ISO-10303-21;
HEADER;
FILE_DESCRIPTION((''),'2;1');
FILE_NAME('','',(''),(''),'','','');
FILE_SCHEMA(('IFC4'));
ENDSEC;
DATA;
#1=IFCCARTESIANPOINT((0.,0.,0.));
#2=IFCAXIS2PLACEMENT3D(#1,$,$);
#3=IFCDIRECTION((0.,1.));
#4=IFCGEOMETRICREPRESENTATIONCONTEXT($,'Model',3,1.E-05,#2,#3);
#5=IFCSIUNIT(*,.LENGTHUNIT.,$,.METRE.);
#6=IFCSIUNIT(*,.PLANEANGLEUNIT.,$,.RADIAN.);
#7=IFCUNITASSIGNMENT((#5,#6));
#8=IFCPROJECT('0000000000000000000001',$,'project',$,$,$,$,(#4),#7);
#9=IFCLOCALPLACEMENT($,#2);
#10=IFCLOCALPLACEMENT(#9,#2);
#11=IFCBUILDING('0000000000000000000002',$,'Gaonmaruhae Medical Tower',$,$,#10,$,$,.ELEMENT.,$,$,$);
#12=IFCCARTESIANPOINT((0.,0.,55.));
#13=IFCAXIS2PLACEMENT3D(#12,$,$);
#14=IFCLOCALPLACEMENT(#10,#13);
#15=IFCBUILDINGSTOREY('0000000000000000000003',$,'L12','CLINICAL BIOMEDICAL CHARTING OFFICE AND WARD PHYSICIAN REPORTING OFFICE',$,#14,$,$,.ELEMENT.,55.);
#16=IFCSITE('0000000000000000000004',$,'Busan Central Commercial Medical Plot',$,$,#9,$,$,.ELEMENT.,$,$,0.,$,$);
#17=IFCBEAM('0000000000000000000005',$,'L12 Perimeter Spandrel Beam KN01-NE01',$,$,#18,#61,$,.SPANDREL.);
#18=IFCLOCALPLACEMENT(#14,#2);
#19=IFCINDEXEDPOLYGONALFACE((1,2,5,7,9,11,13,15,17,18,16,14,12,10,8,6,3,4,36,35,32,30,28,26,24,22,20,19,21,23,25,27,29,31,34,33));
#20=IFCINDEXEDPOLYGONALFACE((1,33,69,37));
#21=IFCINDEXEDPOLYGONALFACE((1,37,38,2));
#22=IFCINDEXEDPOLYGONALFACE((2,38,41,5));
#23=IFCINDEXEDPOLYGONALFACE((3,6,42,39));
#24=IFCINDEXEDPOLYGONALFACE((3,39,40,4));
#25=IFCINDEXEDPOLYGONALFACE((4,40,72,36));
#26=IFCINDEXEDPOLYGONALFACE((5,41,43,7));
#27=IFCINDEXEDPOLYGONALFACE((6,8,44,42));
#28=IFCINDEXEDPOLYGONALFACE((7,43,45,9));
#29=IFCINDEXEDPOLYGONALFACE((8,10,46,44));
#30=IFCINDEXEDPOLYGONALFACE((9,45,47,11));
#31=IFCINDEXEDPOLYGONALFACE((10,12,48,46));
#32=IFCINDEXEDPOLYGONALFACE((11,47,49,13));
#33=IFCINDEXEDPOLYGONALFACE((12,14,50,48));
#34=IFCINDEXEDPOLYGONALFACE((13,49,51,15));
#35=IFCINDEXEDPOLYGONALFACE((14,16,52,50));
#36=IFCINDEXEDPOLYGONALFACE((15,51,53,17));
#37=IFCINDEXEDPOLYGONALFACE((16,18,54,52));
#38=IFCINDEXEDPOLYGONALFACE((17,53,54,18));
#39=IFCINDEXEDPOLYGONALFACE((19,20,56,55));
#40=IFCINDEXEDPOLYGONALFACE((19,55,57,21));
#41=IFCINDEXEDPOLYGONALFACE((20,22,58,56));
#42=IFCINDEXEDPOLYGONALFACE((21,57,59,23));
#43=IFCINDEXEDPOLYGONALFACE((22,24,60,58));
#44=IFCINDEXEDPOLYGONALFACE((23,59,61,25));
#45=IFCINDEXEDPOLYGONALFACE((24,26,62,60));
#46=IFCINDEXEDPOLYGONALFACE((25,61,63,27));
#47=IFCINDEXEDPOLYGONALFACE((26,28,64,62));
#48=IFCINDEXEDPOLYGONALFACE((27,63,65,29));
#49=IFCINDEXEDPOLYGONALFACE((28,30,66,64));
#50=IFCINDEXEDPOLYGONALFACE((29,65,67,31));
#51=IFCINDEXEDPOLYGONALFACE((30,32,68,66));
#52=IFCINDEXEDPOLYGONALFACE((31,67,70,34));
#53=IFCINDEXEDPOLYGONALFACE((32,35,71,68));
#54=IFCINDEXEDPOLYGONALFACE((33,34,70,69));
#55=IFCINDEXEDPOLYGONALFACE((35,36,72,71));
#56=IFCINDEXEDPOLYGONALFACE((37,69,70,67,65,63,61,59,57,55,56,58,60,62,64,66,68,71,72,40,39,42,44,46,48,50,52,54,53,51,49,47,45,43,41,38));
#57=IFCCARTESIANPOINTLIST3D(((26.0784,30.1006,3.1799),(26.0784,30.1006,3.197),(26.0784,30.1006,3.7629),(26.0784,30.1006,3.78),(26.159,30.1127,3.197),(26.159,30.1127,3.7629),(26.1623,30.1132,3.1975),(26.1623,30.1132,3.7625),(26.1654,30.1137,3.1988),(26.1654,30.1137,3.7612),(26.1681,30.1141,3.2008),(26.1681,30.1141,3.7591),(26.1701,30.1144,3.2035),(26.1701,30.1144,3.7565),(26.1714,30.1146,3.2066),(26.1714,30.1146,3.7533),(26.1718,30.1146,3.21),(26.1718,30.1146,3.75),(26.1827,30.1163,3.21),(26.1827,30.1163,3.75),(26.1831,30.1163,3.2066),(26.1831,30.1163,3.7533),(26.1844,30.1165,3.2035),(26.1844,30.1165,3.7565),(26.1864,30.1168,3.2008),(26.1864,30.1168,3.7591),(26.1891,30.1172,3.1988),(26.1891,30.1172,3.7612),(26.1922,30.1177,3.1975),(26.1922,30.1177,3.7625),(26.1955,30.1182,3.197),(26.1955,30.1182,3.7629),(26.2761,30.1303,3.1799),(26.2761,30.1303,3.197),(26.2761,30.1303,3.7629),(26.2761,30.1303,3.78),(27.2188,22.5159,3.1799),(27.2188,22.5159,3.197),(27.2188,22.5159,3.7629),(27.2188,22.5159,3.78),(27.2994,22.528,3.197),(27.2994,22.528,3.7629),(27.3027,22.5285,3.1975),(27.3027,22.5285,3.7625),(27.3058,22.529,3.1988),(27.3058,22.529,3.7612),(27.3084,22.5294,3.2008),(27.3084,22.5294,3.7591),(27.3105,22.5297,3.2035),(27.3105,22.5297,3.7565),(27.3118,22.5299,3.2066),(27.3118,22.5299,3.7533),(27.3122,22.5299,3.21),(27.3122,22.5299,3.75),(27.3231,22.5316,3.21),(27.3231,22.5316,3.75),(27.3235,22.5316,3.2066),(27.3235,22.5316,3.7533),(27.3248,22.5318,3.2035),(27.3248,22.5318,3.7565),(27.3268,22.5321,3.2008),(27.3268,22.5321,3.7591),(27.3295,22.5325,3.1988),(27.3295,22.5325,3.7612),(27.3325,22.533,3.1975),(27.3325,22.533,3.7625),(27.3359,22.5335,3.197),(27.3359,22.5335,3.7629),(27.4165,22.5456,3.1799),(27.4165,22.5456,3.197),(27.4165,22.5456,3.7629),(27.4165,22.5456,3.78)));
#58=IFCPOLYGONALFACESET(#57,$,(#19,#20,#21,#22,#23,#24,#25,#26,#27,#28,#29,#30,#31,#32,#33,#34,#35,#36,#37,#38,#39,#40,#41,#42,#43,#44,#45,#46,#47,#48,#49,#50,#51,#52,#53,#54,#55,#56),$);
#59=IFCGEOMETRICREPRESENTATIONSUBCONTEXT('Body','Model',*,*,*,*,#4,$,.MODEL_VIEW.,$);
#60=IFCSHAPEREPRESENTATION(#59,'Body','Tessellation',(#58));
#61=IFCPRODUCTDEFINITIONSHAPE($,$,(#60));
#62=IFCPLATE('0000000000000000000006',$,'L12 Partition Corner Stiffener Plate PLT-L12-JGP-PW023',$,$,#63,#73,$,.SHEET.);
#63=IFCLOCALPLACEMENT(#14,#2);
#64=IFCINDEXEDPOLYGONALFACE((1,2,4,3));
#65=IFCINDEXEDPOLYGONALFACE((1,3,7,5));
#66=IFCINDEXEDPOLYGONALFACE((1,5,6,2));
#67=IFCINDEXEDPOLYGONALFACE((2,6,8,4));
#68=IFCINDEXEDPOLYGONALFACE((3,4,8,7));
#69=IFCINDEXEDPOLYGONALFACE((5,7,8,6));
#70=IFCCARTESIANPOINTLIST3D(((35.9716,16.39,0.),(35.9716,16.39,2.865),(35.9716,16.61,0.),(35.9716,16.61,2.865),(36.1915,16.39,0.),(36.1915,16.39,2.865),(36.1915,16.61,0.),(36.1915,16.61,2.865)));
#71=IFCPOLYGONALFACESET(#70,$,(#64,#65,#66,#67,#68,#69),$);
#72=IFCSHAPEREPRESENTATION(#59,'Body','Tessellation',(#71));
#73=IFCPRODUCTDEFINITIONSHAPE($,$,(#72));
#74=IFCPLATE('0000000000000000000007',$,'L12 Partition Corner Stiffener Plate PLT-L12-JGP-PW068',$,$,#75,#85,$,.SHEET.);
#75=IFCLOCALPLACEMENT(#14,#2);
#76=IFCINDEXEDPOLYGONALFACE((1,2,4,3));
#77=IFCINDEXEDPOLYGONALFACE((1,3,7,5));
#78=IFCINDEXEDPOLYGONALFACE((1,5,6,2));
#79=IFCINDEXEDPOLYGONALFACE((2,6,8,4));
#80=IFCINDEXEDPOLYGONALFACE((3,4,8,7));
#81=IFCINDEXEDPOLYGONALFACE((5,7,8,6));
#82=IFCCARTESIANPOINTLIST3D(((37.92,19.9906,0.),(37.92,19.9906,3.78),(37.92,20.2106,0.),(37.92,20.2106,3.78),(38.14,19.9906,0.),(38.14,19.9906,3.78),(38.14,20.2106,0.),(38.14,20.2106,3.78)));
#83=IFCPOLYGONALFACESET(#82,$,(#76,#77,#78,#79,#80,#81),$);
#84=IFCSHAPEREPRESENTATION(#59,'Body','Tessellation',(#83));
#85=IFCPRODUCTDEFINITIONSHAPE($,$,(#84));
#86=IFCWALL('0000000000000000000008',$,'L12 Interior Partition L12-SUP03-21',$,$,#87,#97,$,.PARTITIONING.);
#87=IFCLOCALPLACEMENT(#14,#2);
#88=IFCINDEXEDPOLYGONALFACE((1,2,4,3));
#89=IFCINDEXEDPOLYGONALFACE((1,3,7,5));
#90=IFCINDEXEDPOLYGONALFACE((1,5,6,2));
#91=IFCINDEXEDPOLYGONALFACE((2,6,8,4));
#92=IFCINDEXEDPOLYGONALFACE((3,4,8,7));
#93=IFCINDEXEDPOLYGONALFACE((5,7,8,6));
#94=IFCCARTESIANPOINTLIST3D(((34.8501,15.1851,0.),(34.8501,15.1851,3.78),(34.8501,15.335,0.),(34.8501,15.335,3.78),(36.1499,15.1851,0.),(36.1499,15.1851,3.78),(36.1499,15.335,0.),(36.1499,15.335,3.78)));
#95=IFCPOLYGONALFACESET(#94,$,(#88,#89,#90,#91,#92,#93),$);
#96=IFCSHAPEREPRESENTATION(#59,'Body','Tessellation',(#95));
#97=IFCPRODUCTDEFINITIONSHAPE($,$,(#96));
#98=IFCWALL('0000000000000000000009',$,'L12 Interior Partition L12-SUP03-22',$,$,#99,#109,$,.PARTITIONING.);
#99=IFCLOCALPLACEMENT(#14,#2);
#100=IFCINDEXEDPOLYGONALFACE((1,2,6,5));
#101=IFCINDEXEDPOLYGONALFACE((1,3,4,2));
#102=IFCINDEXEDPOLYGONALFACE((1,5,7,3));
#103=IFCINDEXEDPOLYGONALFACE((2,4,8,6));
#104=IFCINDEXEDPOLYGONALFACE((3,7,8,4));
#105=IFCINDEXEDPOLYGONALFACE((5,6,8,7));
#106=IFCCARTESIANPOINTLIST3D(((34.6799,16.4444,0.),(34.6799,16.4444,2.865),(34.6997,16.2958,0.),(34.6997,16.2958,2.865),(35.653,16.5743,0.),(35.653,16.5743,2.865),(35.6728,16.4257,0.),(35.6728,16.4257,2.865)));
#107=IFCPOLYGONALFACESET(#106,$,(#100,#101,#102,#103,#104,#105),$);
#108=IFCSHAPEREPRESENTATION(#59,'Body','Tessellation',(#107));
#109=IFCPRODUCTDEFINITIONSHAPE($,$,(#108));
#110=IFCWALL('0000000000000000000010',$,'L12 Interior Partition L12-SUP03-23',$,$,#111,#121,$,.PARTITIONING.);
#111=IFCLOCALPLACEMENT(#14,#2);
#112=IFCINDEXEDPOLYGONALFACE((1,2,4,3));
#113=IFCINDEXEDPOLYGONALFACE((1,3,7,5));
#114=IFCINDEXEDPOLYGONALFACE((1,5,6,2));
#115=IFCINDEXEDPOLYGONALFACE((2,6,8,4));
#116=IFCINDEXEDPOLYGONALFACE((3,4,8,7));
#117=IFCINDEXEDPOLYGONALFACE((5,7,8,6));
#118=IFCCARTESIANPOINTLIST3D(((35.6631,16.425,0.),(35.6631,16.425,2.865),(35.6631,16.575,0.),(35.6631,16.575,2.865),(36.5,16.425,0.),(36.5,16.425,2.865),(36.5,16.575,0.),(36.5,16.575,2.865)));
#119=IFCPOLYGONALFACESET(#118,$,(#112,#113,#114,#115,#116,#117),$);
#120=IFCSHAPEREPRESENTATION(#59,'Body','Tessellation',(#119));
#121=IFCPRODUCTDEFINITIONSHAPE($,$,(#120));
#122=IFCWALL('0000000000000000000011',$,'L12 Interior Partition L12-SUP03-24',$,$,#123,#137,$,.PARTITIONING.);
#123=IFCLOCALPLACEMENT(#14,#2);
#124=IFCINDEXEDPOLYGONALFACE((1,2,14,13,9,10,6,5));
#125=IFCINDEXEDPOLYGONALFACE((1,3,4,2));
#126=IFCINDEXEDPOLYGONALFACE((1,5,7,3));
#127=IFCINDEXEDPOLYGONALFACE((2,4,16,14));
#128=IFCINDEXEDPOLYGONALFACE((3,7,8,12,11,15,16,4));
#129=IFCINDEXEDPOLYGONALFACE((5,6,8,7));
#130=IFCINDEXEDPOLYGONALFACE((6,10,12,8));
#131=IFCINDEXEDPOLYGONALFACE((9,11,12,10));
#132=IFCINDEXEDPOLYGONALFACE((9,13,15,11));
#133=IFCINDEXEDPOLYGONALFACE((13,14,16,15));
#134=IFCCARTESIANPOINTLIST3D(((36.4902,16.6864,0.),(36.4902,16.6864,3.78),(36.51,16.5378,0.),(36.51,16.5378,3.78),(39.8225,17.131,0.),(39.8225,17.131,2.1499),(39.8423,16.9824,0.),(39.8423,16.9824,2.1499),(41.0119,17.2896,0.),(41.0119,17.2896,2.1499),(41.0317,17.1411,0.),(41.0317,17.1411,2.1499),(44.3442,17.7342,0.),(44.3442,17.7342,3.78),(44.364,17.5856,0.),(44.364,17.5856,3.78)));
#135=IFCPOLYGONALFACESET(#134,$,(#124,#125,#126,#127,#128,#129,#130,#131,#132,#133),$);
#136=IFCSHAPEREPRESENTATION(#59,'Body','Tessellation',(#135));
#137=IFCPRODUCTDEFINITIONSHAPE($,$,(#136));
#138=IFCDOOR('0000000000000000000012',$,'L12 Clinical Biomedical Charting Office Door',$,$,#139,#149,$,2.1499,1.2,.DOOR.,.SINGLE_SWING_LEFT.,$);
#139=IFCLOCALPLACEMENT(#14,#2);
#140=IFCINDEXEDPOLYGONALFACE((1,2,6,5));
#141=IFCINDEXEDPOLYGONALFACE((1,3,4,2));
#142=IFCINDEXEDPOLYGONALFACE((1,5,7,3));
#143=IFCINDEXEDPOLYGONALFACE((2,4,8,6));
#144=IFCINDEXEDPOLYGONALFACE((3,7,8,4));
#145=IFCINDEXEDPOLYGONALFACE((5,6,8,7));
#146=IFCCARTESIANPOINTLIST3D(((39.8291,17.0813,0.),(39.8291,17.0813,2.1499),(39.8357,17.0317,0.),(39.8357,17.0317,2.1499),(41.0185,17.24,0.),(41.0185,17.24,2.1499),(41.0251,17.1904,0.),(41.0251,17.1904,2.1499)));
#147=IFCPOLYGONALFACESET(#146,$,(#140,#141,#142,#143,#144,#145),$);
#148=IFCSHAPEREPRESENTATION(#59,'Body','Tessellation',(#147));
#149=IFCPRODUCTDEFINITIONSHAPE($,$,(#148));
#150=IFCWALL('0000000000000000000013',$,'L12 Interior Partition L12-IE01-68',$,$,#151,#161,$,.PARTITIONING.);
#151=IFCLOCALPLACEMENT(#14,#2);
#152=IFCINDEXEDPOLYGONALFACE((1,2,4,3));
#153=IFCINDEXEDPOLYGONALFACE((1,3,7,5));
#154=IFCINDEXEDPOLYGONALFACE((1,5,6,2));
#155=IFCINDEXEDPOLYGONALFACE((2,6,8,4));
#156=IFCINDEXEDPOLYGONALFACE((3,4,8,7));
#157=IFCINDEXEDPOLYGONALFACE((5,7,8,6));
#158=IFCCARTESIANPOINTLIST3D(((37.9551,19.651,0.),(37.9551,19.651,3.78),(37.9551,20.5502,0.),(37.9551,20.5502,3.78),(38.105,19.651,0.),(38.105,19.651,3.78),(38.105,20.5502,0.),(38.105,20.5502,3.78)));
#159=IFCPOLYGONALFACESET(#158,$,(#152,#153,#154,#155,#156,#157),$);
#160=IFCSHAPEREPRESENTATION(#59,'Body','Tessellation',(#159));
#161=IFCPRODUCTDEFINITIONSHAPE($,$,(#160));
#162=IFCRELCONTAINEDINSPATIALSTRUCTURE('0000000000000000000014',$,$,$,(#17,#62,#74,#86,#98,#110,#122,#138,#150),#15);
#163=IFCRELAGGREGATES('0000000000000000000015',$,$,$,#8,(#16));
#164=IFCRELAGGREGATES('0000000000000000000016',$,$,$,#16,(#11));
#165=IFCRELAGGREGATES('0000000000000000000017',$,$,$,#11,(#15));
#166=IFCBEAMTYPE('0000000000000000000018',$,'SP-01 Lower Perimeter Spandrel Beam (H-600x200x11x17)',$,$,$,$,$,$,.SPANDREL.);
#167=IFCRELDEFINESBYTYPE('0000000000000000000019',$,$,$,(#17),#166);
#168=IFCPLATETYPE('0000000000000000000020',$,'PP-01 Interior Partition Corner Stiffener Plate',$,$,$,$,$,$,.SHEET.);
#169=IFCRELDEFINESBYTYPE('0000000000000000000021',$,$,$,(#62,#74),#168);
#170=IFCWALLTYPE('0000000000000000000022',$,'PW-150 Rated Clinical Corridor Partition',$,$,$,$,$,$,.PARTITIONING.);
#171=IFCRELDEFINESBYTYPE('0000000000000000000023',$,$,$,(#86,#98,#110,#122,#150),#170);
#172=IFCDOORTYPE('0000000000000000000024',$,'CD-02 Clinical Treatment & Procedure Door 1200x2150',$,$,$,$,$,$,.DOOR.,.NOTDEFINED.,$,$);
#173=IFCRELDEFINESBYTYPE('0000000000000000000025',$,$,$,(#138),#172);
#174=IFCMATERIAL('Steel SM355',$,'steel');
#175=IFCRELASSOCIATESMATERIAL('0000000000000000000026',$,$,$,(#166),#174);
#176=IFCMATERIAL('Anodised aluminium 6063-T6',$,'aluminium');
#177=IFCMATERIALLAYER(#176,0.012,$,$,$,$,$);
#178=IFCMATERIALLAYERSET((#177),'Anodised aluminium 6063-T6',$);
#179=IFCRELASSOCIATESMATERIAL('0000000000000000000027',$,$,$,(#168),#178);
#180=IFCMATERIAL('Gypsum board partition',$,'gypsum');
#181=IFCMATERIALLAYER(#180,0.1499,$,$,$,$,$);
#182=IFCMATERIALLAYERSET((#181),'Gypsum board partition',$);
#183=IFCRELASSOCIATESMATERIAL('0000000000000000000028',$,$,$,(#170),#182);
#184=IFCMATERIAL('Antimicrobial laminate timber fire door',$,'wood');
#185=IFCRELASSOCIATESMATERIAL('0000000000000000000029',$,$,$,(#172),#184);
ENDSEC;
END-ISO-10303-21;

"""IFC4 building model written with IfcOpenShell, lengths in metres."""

from ifc_helpers import new_model, si_unit, direction, frame, frame_2d, origin, origin_2d, place, context, subcontext, project, spatial, rectangle, i_section, extrude, material, layer, layer_set, material_profile, profile_set, type_object, element, fill, save


model = new_model("IFC4")

# Units and contexts
model_context = context("Model", 3, precision=1e-05, world=origin(), true_north=direction((0.0, 1.0)))
body_context = subcontext(model_context, "Body", "Model", "MODEL_VIEW")
ifc_project = project(units=[si_unit("LENGTHUNIT", "METRE"), si_unit("PLANEANGLEUNIT", "RADIAN")], contexts=[model_context])

# Site, building, storey
site_placement = place(None, origin())
site = spatial("IfcSite", under=ifc_project, at=site_placement, Name="Busan Central Commercial Medical Plot", CompositionType="ELEMENT", RefElevation=0.0)
building_placement = place(site_placement, origin())
building = spatial("IfcBuilding", under=site, at=building_placement, Name="Gaonmaruhae Medical Tower", CompositionType="ELEMENT")
storey_placement = place(building_placement, frame((0.0, 0.0, 55.0)))
storey = spatial("IfcBuildingStorey", under=building, at=storey_placement, Name="L12", Description="CLINICAL BIOMEDICAL CHARTING OFFICE AND WARD PHYSICIAN REPORTING OFFICE", CompositionType="ELEMENT", Elevation=55.0)

# Beam
ifc_material_1 = material(Name="Steel SM355", Category="steel")
ifc_material_profile_1 = material_profile(ifc_material_1, i_section(OverallWidth=0.2, OverallDepth=0.6001, WebThickness=0.011, FlangeThickness=0.0171, FilletRadius=0.0129, at=origin_2d()), Name="H-600x200x11x17")
ifc_profile_set_1 = profile_set([ifc_material_profile_1], Name="Steel SM355")
beam_type_1 = type_object("IfcBeamType", Name="SP-01 Lower Perimeter Spandrel Beam (H-600x200x11x17)", PredefinedType="SPANDREL", material=ifc_profile_set_1)
beam_1_placement = place(storey_placement, frame((27.3176, 22.5308, 3.48), z_axis=(-0.148681, 0.988885, 0.0), x_axis=(-0.988885, -0.148681, 0.0)))
element("IfcBeam", 1, at=beam_1_placement, inside=storey, type_object=beam_type_1, Name="L12 Perimeter Spandrel Beam KN01-NE01", PredefinedType="SPANDREL", context=body_context, shape_type="SweptSolid", body=[
    extrude(i_section(OverallWidth=0.2, OverallDepth=0.6001, WebThickness=0.011, FlangeThickness=0.0171, FilletRadius=0.0129, at=origin_2d()), origin(), (0.0, 0.0, 1.0), 7.6699),
])

# Plates
ifc_material_2 = material(Name="Anodised aluminium 6063-T6", Category="aluminium")
ifc_layer_1 = layer(ifc_material_2, 0.012)
ifc_layer_set_1 = layer_set([ifc_layer_1], Name="Anodised aluminium 6063-T6")
plate_type = type_object("IfcPlateType", Name="PP-01 Interior Partition Corner Stiffener Plate", PredefinedType="SHEET", material=ifc_layer_set_1)
plate_1_placement = place(storey_placement, frame((36.0815, 16.5, 0.0), z_axis=(0.0, 0.0, 1.0), x_axis=(1.0, 0.0, 0.0)))
element("IfcPlate", 2, at=plate_1_placement, inside=storey, type_object=plate_type, Name="L12 Partition Corner Stiffener Plate PLT-L12-JGP-PW023", PredefinedType="SHEET", context=body_context, shape_type="SweptSolid", body=[
    extrude(rectangle(XDim=0.22, YDim=0.22, at=origin_2d()), origin(), (0.0, 0.0, 1.0), 2.865),
])
plate_2_placement = place(storey_placement, frame((38.03, 20.1006, 0.0), z_axis=(0.0, 0.0, 1.0), x_axis=(0.0, 1.0, 0.0)))
element("IfcPlate", 3, at=plate_2_placement, inside=storey, type_object=plate_type, Name="L12 Partition Corner Stiffener Plate PLT-L12-JGP-PW068", PredefinedType="SHEET", context=body_context, shape_type="SweptSolid", body=[
    extrude(rectangle(XDim=0.22, YDim=0.22, at=origin_2d()), origin(), (0.0, 0.0, 1.0), 3.78),
])

# Walls
ifc_material_3 = material(Name="Gypsum board partition", Category="gypsum")
ifc_layer_2 = layer(ifc_material_3, 0.1499)
ifc_layer_set_2 = layer_set([ifc_layer_2], Name="Gypsum board partition")
wall_type_1 = type_object("IfcWallType", Name="PW-150 Rated Clinical Corridor Partition", PredefinedType="PARTITIONING", material=ifc_layer_set_2)
wall_1_placement = place(storey_placement, frame((36.1499, 15.26, 0.0), z_axis=(0.0, 0.0, 1.0), x_axis=(-1.0, 0.0, 0.0)))
element("IfcWall", 4, at=wall_1_placement, inside=storey, type_object=wall_type_1, Name="L12 Interior Partition L12-SUP03-21", PredefinedType="PARTITIONING", context=body_context, shape_type="SweptSolid", body=[
    extrude(rectangle(XDim=1.2998, YDim=0.1499, at=frame_2d((0.6499, 0.0))), origin(), (0.0, 0.0, 1.0), 3.78),
])
wall_2_placement = place(storey_placement, frame((34.6899, 16.3701, 0.0), z_axis=(0.0, 0.0, 1.0), x_axis=(0.991211, 0.132294, 0.0)))
element("IfcWall", 5, at=wall_2_placement, inside=storey, type_object=wall_type_1, Name="L12 Interior Partition L12-SUP03-22", PredefinedType="PARTITIONING", context=body_context, shape_type="SweptSolid", body=[
    extrude(rectangle(XDim=0.9817, YDim=0.1499, at=frame_2d((0.4907, 0.0))), origin(), (0.0, 0.0, 1.0), 2.865),
])
wall_3_placement = place(storey_placement, frame((35.6631, 16.5, 0.0), z_axis=(0.0, 0.0, 1.0), x_axis=(1.0, 0.0, 0.0)))
element("IfcWall", 6, at=wall_3_placement, inside=storey, type_object=wall_type_1, Name="L12 Interior Partition L12-SUP03-23", PredefinedType="PARTITIONING", context=body_context, shape_type="SweptSolid", body=[
    extrude(rectangle(XDim=0.8369, YDim=0.1499, at=frame_2d((0.4185, 0.0))), origin(), (0.0, 0.0, 1.0), 2.865),
])

# Wall, opening, door
wall_4_placement = place(storey_placement, frame((36.5, 16.6121, 0.0), z_axis=(0.0, 0.0, 1.0), x_axis=(0.991217, 0.132244, 0.0)))
wall_4 = element("IfcWall", 7, at=wall_4_placement, inside=storey, type_object=wall_type_1, Name="L12 Interior Partition L12-SUP03-24", PredefinedType="PARTITIONING", context=body_context, shape_type="SweptSolid", body=[
    extrude(rectangle(XDim=7.9236, YDim=0.1499, at=frame_2d((3.9619, 0.0))), origin(), (0.0, 0.0, 1.0), 3.78),
])
opening_1_placement = place(wall_4_placement, frame((3.3618, 0.0, 0.0)))
opening_1 = element("IfcOpeningElement", 8, at=opening_1_placement, cuts=wall_4, PredefinedType="OPENING", context=body_context, shape_type="SweptSolid", body=[
    extrude(rectangle(XDim=1.2, YDim=2.1499, at=frame_2d((0.6001, 1.075))), frame((0.0, 0.085, 0.0), z_axis=(0.0, -1.0, 0.0), x_axis=(1.0, 0.0, 0.0)), (0.0, 0.0, 1.0), 0.1699),
])
ifc_material_4 = material(Name="Antimicrobial laminate timber fire door", Category="wood")
door_type_1 = type_object("IfcDoorType", Name="CD-02 Clinical Treatment & Procedure Door 1200x2150", OperationType="NOTDEFINED", PredefinedType="DOOR", material=ifc_material_4)
door_1_placement = place(opening_1_placement, origin())
door_1 = element("IfcDoor", 9, at=door_1_placement, inside=storey, type_object=door_type_1, Name="L12 Clinical Biomedical Charting Office Door", OperationType="SINGLE_SWING_LEFT", OverallHeight=2.1499, OverallWidth=1.2, PredefinedType="DOOR", context=body_context, shape_type="SweptSolid", body=[
    extrude(rectangle(XDim=1.2, YDim=2.1499, at=frame_2d((0.6001, 1.075))), frame((0.0, 0.0249, 0.0), z_axis=(0.0, -1.0, 0.0), x_axis=(1.0, 0.0, 0.0)), (0.0, 0.0, 1.0), 0.05),
])
fill(opening_1, door_1)

# Wall
wall_5_placement = place(storey_placement, frame((38.03, 19.6509, 0.0), z_axis=(0.0, 0.0, 1.0), x_axis=(0.0, 1.0, 0.0)))
element("IfcWall", 10, at=wall_5_placement, inside=storey, type_object=wall_type_1, Name="L12 Interior Partition L12-IE01-68", PredefinedType="PARTITIONING", context=body_context, shape_type="SweptSolid", body=[
    extrude(rectangle(XDim=0.8992, YDim=0.1499, at=frame_2d((0.4497, 0.0))), origin(), (0.0, 0.0, 1.0), 3.78),
])

save(model, "model.ifc")
